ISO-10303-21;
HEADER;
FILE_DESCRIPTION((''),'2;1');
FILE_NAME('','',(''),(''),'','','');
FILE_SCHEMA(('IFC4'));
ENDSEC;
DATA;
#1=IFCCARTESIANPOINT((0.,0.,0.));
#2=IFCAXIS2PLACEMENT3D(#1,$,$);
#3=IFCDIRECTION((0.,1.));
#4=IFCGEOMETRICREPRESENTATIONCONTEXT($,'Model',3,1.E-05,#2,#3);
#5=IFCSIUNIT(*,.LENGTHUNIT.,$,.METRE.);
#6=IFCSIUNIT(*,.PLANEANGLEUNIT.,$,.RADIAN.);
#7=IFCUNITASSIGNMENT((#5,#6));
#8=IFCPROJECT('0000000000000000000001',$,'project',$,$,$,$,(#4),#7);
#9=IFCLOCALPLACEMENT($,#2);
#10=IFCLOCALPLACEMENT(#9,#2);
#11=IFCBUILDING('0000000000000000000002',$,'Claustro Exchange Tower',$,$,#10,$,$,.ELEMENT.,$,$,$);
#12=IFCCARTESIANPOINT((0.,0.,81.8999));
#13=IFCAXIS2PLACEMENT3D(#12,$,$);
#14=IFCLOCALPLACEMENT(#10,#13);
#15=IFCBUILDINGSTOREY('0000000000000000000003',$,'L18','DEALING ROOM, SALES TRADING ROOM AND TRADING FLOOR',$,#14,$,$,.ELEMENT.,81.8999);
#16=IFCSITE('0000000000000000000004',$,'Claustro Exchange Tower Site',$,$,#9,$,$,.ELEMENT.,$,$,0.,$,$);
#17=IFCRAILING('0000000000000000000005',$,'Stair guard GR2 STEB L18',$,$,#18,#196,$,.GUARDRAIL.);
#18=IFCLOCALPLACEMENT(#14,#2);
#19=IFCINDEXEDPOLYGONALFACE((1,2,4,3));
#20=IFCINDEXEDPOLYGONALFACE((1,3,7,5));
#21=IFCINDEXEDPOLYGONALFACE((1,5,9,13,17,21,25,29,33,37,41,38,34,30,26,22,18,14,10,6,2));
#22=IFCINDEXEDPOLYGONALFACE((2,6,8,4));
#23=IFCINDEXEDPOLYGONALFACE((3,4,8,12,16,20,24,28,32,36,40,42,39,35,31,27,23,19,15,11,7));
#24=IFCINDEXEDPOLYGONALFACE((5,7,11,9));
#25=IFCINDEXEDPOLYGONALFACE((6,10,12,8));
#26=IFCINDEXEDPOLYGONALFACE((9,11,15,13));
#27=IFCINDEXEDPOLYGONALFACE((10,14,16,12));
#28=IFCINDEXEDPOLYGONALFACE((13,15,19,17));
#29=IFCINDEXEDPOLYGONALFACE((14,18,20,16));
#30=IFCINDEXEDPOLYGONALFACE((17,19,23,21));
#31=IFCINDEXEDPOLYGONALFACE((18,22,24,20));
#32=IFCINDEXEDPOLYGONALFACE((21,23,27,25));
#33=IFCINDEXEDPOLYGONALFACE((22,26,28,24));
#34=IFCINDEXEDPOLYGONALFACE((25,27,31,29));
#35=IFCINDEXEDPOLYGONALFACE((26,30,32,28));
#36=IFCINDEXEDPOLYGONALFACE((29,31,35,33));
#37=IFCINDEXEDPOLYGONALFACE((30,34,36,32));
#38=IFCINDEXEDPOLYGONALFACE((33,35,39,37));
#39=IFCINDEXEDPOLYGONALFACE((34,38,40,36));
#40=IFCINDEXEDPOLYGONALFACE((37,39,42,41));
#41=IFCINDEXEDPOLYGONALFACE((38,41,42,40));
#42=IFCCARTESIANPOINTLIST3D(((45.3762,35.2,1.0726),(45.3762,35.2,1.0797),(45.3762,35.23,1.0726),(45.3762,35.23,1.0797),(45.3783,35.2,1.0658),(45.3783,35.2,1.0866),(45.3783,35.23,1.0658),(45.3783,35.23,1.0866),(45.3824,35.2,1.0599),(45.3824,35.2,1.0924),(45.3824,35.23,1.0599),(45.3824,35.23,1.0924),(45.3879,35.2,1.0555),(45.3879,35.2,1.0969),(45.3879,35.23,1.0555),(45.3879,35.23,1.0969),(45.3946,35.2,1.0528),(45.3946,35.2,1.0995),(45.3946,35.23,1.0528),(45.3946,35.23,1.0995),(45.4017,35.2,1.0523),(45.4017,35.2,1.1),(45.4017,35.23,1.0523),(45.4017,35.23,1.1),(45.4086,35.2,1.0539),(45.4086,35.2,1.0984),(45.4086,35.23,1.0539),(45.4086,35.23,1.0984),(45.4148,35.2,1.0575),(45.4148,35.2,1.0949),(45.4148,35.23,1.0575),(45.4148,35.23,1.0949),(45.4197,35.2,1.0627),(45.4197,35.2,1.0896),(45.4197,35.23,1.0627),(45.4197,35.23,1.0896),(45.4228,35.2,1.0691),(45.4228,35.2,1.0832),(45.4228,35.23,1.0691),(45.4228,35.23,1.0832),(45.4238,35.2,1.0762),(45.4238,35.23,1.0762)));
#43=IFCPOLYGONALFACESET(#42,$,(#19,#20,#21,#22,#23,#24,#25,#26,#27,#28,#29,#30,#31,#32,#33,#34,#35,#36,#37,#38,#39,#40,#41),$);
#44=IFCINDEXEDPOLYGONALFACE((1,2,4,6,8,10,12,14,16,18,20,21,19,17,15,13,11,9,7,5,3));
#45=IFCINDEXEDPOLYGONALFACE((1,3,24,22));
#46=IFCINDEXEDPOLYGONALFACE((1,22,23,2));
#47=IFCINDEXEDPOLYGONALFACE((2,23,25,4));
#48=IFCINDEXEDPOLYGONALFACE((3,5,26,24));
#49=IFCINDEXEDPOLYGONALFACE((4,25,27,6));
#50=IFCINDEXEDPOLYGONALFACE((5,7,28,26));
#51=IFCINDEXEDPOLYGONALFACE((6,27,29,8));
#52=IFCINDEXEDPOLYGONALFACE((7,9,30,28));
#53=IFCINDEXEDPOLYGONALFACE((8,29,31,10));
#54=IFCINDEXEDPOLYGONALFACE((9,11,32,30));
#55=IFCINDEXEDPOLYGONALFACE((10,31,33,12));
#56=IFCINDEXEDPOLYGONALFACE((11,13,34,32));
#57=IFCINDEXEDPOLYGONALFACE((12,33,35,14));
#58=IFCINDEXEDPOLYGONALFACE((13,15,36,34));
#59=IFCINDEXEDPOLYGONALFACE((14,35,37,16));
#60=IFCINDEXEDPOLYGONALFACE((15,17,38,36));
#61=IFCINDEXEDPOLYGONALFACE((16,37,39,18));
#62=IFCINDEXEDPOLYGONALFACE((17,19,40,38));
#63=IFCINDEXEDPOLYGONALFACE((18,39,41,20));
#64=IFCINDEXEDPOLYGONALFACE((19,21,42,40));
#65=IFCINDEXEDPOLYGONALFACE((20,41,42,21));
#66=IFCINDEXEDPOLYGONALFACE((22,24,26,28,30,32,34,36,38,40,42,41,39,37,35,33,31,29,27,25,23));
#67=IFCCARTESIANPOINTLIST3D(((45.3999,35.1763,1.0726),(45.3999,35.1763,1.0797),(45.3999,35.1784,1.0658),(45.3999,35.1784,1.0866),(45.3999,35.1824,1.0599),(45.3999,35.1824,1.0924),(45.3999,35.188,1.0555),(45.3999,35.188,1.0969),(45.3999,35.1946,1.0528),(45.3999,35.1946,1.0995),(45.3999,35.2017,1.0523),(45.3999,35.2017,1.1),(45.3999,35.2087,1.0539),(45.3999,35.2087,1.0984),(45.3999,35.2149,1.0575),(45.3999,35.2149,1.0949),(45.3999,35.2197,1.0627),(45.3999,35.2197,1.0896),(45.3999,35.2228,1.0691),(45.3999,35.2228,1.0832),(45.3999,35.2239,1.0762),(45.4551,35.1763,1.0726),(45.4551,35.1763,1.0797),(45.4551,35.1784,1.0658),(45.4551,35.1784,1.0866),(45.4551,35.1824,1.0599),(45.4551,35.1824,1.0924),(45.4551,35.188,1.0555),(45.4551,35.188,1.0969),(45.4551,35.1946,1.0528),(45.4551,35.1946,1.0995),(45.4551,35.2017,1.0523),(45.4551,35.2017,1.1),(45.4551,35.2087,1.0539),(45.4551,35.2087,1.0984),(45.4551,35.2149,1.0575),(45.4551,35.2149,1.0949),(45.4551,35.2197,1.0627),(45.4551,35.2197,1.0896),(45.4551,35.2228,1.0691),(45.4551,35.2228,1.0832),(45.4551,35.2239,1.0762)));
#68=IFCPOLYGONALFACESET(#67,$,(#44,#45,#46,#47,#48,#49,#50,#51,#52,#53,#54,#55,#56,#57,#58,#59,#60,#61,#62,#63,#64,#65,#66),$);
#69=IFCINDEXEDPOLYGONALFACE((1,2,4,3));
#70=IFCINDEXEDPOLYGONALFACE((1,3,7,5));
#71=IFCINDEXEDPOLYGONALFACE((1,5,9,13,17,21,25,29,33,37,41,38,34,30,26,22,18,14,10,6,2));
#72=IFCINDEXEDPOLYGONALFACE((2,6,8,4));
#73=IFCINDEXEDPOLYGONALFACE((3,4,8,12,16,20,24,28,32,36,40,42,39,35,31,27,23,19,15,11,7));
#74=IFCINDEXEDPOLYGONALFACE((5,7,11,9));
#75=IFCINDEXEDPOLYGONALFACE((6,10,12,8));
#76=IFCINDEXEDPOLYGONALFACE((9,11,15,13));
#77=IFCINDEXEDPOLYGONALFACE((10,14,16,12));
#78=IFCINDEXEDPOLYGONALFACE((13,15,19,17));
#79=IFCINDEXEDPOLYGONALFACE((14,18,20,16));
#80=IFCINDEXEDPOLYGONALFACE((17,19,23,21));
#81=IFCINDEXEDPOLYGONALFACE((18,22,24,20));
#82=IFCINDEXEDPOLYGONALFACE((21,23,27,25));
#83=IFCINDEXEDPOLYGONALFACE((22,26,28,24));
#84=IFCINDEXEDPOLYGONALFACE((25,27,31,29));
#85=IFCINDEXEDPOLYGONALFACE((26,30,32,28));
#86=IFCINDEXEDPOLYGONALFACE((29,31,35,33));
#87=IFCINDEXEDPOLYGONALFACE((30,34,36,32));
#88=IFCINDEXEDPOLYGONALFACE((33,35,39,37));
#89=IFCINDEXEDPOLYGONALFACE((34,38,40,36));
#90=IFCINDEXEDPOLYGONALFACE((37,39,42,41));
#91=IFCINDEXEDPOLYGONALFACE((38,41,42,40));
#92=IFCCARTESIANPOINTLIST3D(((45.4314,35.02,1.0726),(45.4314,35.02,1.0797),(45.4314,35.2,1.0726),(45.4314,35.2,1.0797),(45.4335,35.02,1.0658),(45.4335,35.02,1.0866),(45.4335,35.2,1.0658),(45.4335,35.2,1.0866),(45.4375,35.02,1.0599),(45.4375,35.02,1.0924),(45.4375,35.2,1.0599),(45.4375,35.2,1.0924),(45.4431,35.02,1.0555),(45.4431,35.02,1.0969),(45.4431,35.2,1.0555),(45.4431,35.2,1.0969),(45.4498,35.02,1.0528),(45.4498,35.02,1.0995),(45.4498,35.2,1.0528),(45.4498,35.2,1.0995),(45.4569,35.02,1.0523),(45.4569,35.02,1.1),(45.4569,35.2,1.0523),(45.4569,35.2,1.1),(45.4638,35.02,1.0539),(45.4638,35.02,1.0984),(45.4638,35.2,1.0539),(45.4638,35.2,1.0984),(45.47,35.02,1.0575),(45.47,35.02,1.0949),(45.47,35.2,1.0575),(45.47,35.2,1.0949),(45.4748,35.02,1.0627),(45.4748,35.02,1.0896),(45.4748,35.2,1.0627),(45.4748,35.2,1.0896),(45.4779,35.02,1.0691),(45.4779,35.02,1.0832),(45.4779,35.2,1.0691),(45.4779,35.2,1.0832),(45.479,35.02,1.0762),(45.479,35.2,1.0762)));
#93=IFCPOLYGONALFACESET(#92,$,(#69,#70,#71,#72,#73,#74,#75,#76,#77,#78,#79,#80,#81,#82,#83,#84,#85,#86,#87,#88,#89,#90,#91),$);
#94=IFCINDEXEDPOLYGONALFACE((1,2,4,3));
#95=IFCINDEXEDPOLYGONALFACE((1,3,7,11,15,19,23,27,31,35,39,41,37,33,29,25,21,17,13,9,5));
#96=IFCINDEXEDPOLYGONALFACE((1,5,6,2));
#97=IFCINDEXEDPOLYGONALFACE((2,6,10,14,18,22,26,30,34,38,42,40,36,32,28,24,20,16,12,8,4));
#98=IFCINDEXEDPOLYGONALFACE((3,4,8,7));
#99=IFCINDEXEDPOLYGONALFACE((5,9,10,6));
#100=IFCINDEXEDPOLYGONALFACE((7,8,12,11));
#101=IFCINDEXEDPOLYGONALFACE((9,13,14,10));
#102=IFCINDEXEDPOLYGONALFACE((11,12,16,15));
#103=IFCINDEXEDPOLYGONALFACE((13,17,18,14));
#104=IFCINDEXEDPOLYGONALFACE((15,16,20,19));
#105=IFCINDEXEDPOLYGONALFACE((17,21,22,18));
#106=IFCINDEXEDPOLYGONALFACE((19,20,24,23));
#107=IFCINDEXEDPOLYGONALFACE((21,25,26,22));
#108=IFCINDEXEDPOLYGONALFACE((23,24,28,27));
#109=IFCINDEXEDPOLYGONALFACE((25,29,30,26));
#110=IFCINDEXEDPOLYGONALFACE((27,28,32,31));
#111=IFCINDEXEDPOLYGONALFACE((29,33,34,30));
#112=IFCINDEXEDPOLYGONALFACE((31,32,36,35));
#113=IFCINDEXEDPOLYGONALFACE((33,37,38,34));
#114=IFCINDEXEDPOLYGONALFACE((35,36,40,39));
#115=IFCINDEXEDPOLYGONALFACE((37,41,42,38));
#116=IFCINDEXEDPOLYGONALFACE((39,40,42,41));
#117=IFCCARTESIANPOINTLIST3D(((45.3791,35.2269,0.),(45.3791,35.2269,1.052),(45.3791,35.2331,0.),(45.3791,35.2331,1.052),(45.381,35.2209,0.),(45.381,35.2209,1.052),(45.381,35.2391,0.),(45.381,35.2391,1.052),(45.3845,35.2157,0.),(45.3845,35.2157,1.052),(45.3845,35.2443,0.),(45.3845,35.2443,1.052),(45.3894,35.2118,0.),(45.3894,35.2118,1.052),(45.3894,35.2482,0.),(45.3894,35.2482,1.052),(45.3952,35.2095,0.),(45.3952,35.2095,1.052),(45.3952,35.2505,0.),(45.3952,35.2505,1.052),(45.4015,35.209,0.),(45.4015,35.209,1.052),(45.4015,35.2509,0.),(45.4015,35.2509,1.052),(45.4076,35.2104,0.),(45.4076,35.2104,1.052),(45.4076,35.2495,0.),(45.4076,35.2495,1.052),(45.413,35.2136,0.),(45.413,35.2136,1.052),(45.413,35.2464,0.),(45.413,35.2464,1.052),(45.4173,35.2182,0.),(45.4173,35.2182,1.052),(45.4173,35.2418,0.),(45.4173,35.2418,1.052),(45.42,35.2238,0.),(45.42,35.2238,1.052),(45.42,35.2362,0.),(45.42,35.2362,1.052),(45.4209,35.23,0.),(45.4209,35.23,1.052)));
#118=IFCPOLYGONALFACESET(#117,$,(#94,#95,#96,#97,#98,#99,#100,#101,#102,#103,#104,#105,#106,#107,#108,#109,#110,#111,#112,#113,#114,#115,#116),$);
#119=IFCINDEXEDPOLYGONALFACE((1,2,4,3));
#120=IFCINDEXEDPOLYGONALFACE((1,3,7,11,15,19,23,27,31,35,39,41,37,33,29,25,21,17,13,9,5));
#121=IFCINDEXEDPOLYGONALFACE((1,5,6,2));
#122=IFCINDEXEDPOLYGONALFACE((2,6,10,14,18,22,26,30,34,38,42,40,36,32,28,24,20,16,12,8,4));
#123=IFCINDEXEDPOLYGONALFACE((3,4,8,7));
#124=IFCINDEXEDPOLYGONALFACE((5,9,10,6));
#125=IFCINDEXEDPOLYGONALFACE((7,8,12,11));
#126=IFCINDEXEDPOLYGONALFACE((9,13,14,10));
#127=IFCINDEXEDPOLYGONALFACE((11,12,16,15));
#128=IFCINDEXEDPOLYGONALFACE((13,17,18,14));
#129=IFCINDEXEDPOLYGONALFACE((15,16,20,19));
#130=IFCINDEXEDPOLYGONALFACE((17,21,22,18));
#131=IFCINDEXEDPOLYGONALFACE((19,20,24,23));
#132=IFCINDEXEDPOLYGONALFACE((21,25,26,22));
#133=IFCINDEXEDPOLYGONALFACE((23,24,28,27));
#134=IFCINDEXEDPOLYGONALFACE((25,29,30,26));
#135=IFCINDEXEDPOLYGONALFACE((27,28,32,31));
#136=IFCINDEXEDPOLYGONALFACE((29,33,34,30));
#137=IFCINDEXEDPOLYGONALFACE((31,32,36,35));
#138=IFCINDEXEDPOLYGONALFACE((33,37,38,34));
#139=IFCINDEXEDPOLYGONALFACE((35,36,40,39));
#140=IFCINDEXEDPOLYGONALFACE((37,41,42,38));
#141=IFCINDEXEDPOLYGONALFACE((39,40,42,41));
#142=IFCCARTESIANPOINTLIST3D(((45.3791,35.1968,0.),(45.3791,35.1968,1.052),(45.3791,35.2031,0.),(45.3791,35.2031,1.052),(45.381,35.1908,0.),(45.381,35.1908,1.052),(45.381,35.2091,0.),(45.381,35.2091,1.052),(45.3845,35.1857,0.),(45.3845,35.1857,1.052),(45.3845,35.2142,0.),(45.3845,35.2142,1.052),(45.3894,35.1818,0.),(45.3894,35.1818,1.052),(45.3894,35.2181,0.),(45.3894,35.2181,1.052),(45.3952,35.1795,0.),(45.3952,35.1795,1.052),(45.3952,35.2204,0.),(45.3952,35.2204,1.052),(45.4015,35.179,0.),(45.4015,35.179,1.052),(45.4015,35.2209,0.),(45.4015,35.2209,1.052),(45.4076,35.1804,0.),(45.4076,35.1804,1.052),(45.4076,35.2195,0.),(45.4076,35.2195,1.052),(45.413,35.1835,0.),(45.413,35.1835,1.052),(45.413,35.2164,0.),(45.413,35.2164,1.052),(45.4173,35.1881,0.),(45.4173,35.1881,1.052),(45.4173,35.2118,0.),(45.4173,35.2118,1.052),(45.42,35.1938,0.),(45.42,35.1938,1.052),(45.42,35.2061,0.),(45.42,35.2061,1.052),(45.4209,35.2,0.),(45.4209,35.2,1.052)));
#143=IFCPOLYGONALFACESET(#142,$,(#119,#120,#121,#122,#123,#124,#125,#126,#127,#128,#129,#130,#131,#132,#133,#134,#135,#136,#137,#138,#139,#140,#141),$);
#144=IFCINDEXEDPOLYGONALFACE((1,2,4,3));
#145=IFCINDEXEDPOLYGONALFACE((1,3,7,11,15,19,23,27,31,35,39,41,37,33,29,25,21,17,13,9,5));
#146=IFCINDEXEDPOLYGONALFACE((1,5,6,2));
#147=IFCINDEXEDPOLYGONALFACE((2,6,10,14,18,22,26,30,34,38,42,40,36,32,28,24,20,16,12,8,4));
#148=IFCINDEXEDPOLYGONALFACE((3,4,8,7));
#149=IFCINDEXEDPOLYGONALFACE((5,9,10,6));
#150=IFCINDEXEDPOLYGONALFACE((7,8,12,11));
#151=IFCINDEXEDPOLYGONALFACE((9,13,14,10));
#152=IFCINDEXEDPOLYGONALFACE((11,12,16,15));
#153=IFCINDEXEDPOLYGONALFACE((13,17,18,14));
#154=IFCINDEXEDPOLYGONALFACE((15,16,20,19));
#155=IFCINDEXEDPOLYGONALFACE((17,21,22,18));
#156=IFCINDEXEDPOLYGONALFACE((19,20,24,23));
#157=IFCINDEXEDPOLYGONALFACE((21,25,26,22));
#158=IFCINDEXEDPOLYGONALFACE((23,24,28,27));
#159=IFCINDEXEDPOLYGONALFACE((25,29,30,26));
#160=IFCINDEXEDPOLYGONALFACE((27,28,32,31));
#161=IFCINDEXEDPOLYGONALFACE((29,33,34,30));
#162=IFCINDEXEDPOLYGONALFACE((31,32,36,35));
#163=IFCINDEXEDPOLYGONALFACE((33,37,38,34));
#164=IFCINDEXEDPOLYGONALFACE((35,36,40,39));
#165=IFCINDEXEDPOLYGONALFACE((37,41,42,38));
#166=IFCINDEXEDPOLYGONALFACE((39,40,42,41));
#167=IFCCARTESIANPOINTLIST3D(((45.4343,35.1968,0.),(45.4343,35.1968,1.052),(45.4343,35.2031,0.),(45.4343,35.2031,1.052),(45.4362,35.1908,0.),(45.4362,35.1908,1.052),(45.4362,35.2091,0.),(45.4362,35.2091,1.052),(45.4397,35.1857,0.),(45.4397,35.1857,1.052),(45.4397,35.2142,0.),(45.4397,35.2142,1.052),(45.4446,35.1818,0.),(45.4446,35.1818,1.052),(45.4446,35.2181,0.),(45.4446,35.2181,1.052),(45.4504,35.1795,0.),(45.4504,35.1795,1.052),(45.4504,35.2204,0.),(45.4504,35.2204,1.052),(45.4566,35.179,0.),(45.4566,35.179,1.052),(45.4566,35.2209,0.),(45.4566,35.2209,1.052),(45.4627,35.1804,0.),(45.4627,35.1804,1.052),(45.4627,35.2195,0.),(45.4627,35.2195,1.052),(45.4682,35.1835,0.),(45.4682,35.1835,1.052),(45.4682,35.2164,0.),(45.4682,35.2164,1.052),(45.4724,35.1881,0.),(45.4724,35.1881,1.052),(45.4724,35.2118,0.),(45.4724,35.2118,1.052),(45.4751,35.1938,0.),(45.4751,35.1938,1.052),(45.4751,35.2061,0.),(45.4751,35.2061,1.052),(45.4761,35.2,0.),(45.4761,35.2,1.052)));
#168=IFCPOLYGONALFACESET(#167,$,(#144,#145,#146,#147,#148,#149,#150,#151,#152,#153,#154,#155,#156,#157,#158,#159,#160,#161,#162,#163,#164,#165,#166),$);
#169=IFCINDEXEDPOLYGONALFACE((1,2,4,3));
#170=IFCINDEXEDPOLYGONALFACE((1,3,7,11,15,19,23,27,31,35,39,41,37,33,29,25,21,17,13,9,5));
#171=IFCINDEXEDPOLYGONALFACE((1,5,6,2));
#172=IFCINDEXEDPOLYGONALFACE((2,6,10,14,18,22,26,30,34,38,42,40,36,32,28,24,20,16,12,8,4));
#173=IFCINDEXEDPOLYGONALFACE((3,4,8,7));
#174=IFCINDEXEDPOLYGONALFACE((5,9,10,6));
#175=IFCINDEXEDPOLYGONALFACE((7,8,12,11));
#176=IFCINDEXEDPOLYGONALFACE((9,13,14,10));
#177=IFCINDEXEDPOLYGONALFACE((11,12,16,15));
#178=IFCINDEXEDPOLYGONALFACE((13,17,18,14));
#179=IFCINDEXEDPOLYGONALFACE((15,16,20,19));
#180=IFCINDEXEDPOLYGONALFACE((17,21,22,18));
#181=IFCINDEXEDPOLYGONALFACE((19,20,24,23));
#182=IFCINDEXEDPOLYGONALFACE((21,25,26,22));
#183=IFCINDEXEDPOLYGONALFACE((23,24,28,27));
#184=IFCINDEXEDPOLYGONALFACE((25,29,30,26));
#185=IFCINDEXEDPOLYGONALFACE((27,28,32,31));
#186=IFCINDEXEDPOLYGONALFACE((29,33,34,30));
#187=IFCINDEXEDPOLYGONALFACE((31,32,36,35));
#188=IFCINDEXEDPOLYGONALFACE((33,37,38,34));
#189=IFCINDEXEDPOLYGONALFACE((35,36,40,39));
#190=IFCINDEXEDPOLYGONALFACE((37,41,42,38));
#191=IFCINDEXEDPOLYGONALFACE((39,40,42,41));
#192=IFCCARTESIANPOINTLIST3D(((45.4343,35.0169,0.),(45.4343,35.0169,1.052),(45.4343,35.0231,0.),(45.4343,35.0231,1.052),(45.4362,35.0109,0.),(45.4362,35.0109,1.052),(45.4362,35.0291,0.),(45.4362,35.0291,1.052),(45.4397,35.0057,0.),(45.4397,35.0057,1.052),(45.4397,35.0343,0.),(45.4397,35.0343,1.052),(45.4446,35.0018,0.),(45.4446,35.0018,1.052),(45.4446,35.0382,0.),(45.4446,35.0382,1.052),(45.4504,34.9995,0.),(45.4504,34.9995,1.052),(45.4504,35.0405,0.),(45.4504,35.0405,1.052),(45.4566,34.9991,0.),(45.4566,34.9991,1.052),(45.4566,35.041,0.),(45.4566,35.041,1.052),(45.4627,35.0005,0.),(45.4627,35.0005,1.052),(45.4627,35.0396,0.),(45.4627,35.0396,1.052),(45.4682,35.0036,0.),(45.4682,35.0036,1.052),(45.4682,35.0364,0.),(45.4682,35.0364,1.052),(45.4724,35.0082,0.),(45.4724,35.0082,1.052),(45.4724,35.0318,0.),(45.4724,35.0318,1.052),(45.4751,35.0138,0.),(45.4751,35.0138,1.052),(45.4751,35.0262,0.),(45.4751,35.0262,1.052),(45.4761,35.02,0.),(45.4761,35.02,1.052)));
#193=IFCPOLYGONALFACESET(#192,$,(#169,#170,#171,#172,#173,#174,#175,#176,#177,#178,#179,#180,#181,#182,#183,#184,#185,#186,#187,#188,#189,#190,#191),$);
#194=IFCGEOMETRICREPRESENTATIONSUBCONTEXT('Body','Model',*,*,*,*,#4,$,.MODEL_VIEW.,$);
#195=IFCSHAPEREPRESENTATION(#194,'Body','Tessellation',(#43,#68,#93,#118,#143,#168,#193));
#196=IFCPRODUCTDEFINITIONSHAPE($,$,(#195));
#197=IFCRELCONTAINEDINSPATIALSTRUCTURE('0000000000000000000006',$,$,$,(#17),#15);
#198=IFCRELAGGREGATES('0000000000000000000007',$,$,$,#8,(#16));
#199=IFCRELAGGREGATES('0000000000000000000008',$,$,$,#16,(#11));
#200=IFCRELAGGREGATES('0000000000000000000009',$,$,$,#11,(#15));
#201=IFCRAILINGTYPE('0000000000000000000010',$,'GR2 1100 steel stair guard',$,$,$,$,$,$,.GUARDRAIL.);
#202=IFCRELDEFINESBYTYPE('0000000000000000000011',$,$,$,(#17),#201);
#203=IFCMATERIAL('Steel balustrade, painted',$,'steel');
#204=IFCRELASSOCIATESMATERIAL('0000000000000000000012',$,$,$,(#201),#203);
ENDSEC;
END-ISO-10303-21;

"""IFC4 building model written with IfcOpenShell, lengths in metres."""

from ifc_helpers import new_model, si_unit, direction, frame, origin, origin_2d, place, context, subcontext, project, spatial, circle, extrude, material, type_object, element, save


model = new_model("IFC4")

# Units and contexts
model_context = context("Model", 3, precision=1e-05, world=origin(), true_north=direction((0.0, 1.0)))
body_context = subcontext(model_context, "Body", "Model", "MODEL_VIEW")
ifc_project = project(units=[si_unit("LENGTHUNIT", "METRE"), si_unit("PLANEANGLEUNIT", "RADIAN")], contexts=[model_context])

# Site, building, storey
site_placement = place(None, origin())
site = spatial("IfcSite", under=ifc_project, at=site_placement, Name="Claustro Exchange Tower Site", CompositionType="ELEMENT", RefElevation=0.0)
building_placement = place(site_placement, origin())
building = spatial("IfcBuilding", under=site, at=building_placement, Name="Claustro Exchange Tower", CompositionType="ELEMENT")
storey_placement = place(building_placement, frame((0.0, 0.0, 81.8999)))
storey = spatial("IfcBuildingStorey", under=building, at=storey_placement, Name="L18", Description="DEALING ROOM, SALES TRADING ROOM AND TRADING FLOOR", CompositionType="ELEMENT", Elevation=81.8999)

# Railing
ifc_material_1 = material(Name="Steel balustrade, painted", Category="steel")
railing_type_1 = type_object("IfcRailingType", Name="GR2 1100 steel stair guard", PredefinedType="GUARDRAIL", material=ifc_material_1)
railing_1_placement = place(storey_placement, frame((45.3999, 35.23, 0.0)))
element("IfcRailing", 1, at=railing_1_placement, inside=storey, type_object=railing_type_1, Name="Stair guard GR2 STEB L18", PredefinedType="GUARDRAIL", context=body_context, shape_type="SweptSolid", body=[
    extrude(circle(Radius=0.0239, at=origin_2d()), frame((0.0, 0.0, 1.0762), z_axis=(0.0, -1.0, 0.0), x_axis=(1.0, 0.0, 0.0)), (0.0, 0.0, 1.0), 0.03),
    extrude(circle(Radius=0.0239, at=origin_2d()), frame((0.0, -0.03, 1.0762), z_axis=(1.0, 0.0, 0.0), x_axis=(0.0, 1.0, 0.0)), (0.0, 0.0, 1.0), 0.0552),
    extrude(circle(Radius=0.0239, at=origin_2d()), frame((0.0552, -0.03, 1.0762), z_axis=(0.0, -1.0, 0.0), x_axis=(1.0, 0.0, 0.0)), (0.0, 0.0, 1.0), 0.1799),
    extrude(circle(Radius=0.021, at=origin_2d()), origin(), (0.0, 0.0, 1.0), 1.052),
    extrude(circle(Radius=0.021, at=origin_2d()), frame((0.0, -0.03, 0.0)), (0.0, 0.0, 1.0), 1.052),
    extrude(circle(Radius=0.021, at=origin_2d()), frame((0.0552, -0.03, 0.0)), (0.0, 0.0, 1.0), 1.052),
    extrude(circle(Radius=0.021, at=origin_2d()), frame((0.0552, -0.21, 0.0)), (0.0, 0.0, 1.0), 1.052),
])

save(model, "model.ifc")
